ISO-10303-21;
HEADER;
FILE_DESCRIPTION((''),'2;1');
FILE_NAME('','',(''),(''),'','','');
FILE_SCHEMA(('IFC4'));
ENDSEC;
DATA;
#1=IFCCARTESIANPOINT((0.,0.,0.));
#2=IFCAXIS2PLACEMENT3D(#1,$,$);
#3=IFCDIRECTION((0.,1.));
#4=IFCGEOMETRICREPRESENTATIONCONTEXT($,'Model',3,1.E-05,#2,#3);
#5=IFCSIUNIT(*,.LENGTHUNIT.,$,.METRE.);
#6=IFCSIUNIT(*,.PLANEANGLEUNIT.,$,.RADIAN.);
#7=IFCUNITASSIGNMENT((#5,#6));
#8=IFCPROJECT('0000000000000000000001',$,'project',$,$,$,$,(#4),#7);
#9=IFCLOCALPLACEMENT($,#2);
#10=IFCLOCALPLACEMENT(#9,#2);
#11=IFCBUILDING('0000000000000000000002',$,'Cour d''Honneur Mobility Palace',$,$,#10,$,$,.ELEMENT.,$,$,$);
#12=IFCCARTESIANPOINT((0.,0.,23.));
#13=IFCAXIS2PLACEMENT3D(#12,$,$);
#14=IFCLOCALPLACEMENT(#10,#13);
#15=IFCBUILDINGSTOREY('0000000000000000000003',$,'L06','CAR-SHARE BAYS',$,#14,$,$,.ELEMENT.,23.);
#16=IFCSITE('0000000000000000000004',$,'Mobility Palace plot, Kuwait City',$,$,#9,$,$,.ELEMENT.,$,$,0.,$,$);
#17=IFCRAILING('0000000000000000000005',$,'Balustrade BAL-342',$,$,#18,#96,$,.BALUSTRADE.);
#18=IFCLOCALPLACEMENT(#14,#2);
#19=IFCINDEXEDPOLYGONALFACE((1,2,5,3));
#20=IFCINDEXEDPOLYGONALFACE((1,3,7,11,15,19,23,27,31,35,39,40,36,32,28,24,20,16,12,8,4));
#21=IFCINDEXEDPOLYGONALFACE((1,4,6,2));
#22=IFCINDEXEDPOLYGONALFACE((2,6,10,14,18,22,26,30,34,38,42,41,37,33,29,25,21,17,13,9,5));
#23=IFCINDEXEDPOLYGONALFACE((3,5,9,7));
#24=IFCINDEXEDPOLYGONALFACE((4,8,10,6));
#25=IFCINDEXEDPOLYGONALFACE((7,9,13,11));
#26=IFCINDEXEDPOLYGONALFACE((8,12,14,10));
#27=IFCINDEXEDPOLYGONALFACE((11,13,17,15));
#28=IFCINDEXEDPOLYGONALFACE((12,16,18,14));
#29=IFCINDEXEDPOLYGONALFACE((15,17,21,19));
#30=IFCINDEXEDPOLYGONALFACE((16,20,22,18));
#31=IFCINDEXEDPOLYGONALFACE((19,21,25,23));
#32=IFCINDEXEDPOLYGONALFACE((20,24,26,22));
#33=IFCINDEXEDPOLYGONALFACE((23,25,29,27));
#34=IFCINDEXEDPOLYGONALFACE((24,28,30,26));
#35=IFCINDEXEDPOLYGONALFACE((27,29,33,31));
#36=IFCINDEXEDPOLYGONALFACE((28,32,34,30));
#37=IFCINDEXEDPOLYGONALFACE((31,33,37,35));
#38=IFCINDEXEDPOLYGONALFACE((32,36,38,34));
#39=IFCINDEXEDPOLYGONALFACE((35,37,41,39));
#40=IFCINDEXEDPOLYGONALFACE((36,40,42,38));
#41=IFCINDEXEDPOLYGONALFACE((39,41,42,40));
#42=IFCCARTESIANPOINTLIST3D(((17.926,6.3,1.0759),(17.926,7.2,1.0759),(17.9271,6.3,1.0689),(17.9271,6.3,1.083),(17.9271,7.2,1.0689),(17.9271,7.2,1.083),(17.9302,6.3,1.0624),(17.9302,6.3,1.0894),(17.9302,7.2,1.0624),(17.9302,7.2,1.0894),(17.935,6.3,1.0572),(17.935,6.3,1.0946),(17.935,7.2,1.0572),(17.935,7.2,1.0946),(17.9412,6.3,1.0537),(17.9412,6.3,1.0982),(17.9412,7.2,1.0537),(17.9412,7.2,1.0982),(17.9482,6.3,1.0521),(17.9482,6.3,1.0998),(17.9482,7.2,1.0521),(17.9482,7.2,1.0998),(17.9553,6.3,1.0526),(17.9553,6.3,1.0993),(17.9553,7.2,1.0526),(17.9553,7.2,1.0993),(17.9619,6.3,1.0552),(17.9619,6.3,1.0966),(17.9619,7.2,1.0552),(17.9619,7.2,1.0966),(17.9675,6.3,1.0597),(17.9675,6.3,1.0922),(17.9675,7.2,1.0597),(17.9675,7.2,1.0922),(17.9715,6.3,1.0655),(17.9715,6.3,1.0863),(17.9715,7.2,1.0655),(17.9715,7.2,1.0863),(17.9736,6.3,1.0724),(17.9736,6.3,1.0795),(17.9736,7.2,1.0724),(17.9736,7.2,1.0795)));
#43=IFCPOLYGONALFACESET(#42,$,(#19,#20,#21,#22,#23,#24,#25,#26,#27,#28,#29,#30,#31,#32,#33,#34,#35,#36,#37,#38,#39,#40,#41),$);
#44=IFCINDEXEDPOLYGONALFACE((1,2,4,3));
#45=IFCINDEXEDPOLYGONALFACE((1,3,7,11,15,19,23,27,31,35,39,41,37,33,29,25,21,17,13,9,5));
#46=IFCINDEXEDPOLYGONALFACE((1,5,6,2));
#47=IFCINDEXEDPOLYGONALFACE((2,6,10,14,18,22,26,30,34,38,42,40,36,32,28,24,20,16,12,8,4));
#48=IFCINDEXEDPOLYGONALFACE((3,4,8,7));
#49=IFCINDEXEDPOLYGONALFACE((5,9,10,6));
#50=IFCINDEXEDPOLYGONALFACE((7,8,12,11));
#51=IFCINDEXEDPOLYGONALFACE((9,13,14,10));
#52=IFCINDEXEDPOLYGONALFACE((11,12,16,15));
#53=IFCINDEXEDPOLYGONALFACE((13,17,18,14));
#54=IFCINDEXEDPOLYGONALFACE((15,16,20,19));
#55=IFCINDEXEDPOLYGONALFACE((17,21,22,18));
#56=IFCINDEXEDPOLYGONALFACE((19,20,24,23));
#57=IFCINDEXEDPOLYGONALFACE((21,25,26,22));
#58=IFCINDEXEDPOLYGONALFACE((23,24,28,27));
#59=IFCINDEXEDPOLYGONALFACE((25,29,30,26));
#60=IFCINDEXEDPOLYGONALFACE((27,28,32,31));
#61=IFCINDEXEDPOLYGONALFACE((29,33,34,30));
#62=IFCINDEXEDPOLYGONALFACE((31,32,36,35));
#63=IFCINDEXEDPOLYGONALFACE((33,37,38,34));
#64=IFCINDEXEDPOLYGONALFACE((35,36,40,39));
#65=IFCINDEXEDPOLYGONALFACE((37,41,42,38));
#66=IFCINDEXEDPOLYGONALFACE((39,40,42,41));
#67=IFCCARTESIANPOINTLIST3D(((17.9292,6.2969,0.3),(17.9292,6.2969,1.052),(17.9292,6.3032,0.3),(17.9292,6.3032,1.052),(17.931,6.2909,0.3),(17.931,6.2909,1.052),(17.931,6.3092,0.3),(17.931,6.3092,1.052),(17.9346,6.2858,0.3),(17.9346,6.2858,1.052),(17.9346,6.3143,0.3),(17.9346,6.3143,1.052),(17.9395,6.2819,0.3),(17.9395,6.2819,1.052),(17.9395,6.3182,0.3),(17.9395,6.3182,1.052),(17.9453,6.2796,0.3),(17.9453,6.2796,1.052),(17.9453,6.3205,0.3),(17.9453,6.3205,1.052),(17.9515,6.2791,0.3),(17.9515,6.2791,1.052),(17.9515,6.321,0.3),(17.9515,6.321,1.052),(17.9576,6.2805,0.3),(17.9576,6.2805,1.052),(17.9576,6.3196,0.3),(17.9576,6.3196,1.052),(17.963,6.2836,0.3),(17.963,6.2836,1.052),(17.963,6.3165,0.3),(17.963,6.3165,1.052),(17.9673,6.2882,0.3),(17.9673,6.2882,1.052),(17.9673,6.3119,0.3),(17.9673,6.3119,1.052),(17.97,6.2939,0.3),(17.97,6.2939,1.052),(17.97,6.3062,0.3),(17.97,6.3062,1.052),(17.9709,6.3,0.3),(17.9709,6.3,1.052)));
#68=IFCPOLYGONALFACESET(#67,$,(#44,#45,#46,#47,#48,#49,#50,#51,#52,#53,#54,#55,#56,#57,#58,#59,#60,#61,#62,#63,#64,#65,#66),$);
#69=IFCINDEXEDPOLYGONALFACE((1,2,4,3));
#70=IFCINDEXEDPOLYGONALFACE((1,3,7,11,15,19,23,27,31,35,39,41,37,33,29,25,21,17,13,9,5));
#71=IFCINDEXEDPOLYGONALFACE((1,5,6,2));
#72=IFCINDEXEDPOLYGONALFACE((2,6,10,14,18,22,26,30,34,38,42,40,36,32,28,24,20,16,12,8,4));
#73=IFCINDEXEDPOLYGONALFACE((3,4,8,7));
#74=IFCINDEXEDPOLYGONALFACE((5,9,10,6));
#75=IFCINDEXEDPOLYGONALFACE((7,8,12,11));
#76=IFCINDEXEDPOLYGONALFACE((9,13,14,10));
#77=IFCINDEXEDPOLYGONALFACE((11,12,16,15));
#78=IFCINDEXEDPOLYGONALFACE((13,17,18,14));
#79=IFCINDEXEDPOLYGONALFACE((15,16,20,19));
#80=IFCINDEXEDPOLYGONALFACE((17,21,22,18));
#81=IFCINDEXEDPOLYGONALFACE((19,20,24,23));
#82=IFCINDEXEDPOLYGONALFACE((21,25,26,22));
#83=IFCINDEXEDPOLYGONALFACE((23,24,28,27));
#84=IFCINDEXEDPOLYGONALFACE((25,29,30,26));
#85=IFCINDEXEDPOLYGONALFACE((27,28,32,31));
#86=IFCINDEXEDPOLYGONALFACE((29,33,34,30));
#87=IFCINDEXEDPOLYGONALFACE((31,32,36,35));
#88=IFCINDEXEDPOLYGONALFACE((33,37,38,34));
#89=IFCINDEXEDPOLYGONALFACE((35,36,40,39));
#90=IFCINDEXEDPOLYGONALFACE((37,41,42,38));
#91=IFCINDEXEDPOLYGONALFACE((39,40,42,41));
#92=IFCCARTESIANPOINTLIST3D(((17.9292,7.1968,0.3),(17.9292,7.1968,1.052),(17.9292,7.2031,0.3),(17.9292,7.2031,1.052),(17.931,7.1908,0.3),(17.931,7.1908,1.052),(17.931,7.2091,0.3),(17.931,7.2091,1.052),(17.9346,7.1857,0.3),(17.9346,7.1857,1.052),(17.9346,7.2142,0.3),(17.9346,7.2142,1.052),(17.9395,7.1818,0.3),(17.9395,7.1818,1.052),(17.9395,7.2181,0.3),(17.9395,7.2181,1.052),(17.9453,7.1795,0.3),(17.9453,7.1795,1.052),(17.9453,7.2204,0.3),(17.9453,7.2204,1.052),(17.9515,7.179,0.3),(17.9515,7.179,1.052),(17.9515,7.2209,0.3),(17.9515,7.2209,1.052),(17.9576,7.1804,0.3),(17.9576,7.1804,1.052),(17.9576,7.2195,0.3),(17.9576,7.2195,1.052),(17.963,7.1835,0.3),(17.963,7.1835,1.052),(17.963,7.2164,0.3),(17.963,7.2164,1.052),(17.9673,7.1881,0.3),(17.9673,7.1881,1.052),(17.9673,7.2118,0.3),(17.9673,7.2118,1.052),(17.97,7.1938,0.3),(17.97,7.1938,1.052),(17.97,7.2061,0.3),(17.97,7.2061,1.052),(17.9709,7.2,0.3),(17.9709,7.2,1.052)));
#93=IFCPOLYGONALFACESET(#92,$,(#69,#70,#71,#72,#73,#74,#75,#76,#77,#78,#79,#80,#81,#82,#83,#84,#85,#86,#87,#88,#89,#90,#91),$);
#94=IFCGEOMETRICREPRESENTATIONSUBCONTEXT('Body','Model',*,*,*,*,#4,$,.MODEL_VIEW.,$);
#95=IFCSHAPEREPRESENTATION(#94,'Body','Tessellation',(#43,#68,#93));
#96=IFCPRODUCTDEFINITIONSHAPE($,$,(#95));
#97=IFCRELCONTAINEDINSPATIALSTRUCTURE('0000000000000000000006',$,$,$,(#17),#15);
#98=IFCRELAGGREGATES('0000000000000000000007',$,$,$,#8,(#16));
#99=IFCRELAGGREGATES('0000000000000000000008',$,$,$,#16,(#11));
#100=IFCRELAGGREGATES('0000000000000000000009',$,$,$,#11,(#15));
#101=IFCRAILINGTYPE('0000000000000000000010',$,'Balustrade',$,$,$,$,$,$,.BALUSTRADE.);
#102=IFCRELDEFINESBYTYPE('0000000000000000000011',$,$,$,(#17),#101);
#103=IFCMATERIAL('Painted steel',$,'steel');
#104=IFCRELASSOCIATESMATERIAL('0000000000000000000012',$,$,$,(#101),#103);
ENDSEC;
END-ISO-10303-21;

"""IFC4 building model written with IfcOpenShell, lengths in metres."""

from ifc_helpers import new_model, si_unit, direction, frame, origin, origin_2d, place, context, subcontext, project, spatial, circle, extrude, material, type_object, element, save


model = new_model("IFC4")

# Units and contexts
model_context = context("Model", 3, precision=1e-05, world=origin(), true_north=direction((0.0, 1.0)))
body_context = subcontext(model_context, "Body", "Model", "MODEL_VIEW")
ifc_project = project(units=[si_unit("LENGTHUNIT", "METRE"), si_unit("PLANEANGLEUNIT", "RADIAN")], contexts=[model_context])

# Site, building, storey
site_placement = place(None, origin())
site = spatial("IfcSite", under=ifc_project, at=site_placement, Name="Mobility Palace plot, Kuwait City", CompositionType="ELEMENT", RefElevation=0.0)
building_placement = place(site_placement, origin())
building = spatial("IfcBuilding", under=site, at=building_placement, Name="Cour d'Honneur Mobility Palace", CompositionType="ELEMENT")
storey_placement = place(building_placement, frame((0.0, 0.0, 23.0)))
storey = spatial("IfcBuildingStorey", under=building, at=storey_placement, Name="L06", Description="CAR-SHARE BAYS", CompositionType="ELEMENT", Elevation=23.0)

# Railing
ifc_material_1 = material(Name="Painted steel", Category="steel")
railing_type_1 = type_object("IfcRailingType", Name="Balustrade", PredefinedType="BALUSTRADE", material=ifc_material_1)
railing_1_placement = place(storey_placement, frame((17.95, 6.3, 0.3)))
element("IfcRailing", 1, at=railing_1_placement, inside=storey, type_object=railing_type_1, Name="Balustrade BAL-342", PredefinedType="BALUSTRADE", context=body_context, shape_type="SweptSolid", body=[
    extrude(circle(Radius=0.0239, at=origin_2d()), frame((0.0, 0.0, 0.7759), z_axis=(0.0, 1.0, 0.0), x_axis=(-1.0, 0.0, 0.0)), (0.0, 0.0, 1.0), 0.8999),
    extrude(circle(Radius=0.021, at=origin_2d()), origin(), (0.0, 0.0, 1.0), 0.752),
    extrude(circle(Radius=0.021, at=origin_2d()), frame((0.0, 0.8999, 0.0)), (0.0, 0.0, 1.0), 0.752),
])

save(model, "model.ifc")
